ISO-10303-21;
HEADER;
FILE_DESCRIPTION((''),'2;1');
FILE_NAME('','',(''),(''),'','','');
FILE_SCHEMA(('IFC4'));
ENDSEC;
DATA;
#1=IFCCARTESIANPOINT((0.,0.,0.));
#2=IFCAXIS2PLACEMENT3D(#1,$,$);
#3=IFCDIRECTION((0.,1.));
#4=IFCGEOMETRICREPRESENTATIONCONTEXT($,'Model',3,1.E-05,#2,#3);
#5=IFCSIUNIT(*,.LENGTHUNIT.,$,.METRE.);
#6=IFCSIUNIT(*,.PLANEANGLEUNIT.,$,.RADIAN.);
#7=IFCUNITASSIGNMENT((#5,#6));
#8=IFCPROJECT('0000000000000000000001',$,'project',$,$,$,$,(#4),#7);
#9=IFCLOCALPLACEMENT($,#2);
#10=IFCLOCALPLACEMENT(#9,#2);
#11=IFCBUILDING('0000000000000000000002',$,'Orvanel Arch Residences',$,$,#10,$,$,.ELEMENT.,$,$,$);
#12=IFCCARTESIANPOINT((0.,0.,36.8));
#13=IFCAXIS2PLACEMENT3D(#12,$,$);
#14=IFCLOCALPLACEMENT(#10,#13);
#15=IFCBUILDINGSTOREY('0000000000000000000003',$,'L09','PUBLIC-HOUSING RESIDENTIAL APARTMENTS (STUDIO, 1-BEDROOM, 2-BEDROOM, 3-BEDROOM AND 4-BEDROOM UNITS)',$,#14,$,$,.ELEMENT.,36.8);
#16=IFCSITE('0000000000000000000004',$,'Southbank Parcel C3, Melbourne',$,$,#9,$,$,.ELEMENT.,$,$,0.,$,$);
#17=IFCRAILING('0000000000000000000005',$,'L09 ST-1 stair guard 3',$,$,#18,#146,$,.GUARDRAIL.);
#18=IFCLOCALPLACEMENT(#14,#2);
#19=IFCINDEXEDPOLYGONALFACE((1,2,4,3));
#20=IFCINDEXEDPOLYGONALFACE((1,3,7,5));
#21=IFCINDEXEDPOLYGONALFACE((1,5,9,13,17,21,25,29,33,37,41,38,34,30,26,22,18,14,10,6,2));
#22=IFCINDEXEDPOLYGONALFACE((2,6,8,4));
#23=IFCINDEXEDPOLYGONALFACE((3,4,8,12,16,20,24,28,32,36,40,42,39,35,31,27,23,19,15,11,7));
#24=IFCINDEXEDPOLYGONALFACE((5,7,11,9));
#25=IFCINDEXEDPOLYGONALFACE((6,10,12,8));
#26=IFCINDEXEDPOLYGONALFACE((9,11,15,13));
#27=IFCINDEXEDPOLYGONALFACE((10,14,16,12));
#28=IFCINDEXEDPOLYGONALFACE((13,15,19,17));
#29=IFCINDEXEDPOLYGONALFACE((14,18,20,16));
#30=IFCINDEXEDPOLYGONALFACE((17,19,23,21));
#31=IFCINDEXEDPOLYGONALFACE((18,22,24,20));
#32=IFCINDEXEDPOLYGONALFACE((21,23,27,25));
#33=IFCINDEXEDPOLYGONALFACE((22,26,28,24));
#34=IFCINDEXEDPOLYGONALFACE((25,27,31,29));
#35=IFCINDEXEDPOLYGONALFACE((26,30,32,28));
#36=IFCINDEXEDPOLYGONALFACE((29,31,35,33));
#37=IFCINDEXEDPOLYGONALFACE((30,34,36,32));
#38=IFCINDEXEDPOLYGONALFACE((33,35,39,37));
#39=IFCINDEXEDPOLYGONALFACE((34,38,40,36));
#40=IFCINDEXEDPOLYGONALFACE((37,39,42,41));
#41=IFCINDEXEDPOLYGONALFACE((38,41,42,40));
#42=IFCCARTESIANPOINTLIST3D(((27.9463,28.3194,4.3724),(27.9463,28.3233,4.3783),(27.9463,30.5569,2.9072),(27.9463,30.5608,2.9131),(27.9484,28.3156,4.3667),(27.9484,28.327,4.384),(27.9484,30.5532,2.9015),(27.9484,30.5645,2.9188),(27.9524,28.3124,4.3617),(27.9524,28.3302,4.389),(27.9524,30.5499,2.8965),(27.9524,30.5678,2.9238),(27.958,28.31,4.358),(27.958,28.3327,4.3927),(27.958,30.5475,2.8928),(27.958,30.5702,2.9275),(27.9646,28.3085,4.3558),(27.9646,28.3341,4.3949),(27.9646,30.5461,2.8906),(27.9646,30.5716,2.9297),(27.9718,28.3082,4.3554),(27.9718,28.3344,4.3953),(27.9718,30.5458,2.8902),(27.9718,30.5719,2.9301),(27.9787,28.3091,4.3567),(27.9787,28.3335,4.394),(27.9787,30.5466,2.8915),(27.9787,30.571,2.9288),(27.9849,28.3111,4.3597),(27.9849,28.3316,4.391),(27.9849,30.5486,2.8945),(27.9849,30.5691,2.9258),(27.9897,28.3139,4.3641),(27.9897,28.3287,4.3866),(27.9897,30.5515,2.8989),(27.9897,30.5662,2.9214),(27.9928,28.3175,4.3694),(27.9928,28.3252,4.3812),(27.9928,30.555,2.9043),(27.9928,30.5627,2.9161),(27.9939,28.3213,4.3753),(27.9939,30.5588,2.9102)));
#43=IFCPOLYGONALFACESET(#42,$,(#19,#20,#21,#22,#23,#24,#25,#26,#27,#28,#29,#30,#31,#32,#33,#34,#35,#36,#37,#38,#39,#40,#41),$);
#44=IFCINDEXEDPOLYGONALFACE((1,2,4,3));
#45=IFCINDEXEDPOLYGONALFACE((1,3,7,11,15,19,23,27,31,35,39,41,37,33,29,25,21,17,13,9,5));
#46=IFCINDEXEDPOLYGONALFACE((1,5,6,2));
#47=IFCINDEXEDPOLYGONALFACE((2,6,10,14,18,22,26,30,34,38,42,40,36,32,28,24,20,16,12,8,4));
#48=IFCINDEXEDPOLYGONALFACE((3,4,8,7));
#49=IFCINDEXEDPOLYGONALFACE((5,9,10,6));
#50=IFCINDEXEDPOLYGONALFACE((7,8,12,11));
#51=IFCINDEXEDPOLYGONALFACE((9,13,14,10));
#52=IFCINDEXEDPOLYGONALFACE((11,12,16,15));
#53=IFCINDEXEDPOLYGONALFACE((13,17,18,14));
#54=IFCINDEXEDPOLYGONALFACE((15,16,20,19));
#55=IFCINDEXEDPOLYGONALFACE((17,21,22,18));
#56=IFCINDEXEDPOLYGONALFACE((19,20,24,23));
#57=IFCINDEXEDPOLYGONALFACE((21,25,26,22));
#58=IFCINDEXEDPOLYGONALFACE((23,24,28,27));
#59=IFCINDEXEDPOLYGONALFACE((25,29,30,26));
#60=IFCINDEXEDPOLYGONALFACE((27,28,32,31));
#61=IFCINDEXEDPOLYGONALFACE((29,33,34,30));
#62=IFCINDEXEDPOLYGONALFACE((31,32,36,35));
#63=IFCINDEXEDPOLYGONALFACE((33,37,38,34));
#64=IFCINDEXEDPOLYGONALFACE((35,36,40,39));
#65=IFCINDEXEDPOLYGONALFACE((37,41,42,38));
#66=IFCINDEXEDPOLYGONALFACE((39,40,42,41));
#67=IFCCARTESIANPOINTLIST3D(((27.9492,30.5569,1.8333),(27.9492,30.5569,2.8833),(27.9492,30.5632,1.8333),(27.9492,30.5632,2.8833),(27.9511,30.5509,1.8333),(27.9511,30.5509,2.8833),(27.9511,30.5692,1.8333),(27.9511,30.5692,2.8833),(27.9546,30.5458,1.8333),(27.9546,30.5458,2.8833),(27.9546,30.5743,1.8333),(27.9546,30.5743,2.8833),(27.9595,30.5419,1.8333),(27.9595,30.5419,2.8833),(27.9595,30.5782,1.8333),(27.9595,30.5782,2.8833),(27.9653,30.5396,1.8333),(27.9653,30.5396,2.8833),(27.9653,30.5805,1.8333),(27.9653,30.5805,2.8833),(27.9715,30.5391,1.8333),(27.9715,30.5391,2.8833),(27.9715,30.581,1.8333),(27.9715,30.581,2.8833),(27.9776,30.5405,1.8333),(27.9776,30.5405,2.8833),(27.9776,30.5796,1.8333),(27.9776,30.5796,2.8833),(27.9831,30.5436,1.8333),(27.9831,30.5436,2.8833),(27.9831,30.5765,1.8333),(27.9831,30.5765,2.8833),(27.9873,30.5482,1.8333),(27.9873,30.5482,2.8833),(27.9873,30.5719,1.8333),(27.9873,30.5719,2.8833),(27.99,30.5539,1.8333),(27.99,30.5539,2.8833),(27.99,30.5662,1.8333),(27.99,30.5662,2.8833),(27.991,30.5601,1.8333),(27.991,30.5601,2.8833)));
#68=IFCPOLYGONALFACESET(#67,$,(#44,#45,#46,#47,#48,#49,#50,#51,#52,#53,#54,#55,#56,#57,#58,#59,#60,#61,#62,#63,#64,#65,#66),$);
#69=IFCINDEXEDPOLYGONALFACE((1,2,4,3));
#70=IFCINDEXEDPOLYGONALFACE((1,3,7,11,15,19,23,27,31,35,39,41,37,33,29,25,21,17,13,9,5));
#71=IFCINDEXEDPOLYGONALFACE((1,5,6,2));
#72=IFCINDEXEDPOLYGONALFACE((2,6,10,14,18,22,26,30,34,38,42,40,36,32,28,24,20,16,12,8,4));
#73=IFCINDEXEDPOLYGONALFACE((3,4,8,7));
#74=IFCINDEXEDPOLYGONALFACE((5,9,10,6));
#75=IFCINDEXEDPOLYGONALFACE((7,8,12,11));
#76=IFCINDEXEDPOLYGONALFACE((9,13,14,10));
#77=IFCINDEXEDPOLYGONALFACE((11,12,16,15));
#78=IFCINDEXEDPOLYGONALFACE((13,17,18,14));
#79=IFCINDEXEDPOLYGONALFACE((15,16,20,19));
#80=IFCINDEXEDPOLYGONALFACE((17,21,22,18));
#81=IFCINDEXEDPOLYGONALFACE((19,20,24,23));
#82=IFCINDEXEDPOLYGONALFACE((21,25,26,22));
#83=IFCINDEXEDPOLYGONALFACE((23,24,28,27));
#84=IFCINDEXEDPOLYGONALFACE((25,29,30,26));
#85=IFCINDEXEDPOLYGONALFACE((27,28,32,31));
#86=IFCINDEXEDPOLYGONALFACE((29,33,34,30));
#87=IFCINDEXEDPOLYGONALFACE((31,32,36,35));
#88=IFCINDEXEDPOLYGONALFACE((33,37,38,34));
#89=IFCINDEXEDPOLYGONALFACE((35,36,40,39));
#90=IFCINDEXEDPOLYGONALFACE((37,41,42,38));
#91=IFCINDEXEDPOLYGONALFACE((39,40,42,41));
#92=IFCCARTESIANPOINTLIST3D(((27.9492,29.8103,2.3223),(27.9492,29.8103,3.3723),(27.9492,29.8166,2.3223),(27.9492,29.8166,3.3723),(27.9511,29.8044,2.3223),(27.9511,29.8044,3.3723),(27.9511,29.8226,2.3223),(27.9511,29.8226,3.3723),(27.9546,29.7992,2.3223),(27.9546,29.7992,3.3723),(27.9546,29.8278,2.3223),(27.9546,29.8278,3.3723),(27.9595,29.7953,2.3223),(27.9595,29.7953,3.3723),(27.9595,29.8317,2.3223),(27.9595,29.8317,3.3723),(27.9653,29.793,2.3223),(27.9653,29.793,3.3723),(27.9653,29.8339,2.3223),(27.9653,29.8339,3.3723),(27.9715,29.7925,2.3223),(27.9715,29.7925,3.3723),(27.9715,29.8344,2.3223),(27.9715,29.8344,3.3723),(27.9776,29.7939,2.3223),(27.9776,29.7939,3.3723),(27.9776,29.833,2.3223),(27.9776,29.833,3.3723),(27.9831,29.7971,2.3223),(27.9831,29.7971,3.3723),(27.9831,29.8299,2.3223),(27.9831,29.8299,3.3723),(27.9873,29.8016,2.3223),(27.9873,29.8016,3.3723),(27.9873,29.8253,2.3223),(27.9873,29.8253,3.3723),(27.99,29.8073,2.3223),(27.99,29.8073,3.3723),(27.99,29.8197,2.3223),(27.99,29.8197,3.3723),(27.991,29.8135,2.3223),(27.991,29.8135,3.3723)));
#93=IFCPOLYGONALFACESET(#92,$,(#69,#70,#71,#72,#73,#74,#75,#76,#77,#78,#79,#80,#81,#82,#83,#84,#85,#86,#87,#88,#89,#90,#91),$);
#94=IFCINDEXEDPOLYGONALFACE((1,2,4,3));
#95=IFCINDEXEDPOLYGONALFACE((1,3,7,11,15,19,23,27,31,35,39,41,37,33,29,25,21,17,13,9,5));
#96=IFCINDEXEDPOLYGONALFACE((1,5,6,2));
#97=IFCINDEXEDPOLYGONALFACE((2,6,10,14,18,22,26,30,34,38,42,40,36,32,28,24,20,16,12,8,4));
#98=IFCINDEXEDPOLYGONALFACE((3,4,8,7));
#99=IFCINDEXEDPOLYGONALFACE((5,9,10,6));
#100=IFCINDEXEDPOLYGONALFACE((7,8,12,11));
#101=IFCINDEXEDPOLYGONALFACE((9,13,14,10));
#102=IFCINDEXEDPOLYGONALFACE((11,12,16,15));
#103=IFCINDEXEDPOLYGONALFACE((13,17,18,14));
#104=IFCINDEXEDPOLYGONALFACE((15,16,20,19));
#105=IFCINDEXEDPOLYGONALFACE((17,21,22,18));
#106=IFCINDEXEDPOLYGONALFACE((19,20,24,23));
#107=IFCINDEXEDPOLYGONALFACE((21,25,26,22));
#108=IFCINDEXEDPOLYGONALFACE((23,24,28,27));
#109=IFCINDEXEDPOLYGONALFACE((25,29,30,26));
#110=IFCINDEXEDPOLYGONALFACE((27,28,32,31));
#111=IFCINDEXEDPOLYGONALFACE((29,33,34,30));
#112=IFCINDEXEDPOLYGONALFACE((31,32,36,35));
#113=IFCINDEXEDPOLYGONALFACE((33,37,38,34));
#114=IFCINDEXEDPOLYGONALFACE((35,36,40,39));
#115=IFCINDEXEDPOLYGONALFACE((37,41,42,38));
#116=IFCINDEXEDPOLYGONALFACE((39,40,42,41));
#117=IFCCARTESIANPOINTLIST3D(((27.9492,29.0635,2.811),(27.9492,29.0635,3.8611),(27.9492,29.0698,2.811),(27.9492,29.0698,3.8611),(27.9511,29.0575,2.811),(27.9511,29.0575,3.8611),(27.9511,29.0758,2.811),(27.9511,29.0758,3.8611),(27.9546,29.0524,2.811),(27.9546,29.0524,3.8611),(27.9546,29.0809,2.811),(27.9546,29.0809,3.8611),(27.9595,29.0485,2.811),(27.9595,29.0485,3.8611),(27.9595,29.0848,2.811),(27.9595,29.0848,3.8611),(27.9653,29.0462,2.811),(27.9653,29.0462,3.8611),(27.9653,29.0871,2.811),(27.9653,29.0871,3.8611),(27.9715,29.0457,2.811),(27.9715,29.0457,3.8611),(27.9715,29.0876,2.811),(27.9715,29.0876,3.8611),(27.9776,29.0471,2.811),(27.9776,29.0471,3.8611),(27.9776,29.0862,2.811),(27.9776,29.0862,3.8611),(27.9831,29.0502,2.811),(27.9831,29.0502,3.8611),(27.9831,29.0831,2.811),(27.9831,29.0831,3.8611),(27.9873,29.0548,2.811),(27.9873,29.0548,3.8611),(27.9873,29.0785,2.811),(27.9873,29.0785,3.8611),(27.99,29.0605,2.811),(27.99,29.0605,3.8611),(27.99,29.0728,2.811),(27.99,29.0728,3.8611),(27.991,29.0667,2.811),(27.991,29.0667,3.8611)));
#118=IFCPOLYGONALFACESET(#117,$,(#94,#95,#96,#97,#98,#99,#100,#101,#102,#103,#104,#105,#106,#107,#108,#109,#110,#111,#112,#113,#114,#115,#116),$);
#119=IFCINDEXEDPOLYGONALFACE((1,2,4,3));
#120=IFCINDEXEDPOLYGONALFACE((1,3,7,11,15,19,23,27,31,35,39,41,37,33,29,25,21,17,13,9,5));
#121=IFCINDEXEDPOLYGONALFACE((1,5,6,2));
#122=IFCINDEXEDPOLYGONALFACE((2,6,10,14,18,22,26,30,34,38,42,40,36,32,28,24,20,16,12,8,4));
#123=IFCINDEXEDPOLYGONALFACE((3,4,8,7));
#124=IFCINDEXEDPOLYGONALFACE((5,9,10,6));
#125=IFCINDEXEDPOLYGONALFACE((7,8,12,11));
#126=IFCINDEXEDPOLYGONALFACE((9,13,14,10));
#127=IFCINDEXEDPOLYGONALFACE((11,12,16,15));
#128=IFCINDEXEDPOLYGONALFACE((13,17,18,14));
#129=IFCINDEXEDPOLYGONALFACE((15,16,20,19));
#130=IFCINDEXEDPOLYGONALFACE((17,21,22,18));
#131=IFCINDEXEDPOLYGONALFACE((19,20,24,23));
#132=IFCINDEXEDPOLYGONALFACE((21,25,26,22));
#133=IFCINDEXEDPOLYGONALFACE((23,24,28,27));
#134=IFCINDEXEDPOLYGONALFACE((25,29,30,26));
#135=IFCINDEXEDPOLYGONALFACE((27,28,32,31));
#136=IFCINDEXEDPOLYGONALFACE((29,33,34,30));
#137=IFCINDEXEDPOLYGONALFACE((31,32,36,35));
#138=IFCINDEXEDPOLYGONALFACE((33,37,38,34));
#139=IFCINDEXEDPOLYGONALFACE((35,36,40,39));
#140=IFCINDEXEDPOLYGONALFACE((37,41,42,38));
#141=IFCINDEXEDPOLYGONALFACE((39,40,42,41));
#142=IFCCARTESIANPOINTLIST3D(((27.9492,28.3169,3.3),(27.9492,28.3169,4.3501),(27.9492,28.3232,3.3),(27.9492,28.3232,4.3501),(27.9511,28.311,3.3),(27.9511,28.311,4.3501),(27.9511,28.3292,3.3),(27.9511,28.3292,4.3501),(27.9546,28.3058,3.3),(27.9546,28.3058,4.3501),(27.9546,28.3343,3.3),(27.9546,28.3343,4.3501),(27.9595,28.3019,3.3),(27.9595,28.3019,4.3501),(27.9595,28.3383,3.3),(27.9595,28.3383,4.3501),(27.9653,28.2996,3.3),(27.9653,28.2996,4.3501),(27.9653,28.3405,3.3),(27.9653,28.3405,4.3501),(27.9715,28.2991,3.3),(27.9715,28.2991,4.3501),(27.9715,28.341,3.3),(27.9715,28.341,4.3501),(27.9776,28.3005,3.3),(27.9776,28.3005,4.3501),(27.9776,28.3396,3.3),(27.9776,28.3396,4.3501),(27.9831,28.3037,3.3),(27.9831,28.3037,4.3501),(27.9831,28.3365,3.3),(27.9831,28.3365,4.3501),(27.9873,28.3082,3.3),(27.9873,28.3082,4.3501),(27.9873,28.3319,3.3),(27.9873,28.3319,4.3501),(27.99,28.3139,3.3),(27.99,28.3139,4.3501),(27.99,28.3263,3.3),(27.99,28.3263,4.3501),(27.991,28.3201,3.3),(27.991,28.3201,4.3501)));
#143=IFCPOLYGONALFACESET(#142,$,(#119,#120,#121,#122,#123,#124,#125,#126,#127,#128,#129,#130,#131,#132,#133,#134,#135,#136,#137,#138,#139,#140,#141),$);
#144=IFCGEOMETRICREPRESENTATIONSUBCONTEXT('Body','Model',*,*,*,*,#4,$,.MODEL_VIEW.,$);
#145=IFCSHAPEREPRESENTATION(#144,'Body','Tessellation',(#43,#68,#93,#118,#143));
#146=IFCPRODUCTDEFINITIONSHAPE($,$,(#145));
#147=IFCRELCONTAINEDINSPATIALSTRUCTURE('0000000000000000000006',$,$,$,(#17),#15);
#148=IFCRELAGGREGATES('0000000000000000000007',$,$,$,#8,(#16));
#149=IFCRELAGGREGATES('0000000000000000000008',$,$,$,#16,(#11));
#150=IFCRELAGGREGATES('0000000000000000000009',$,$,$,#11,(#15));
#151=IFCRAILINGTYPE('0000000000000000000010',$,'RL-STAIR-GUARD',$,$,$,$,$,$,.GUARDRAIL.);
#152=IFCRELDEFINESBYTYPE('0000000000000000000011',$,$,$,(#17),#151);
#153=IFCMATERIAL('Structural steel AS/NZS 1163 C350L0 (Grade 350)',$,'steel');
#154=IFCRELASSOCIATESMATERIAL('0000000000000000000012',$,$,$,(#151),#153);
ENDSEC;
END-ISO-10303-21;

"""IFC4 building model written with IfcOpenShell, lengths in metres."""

from ifc_helpers import new_model, si_unit, direction, frame, origin, origin_2d, place, context, subcontext, project, spatial, circle, extrude, material, type_object, element, save


model = new_model("IFC4")

# Units and contexts
model_context = context("Model", 3, precision=1e-05, world=origin(), true_north=direction((0.0, 1.0)))
body_context = subcontext(model_context, "Body", "Model", "MODEL_VIEW")
ifc_project = project(units=[si_unit("LENGTHUNIT", "METRE"), si_unit("PLANEANGLEUNIT", "RADIAN")], contexts=[model_context])

# Site, building, storey
site_placement = place(None, origin())
site = spatial("IfcSite", under=ifc_project, at=site_placement, Name="Southbank Parcel C3, Melbourne", CompositionType="ELEMENT", RefElevation=0.0)
building_placement = place(site_placement, origin())
building = spatial("IfcBuilding", under=site, at=building_placement, Name="Orvanel Arch Residences", CompositionType="ELEMENT")
storey_placement = place(building_placement, frame((0.0, 0.0, 36.8)))
storey = spatial("IfcBuildingStorey", under=building, at=storey_placement, Name="L09", Description="PUBLIC-HOUSING RESIDENTIAL APARTMENTS (STUDIO, 1-BEDROOM, 2-BEDROOM, 3-BEDROOM AND 4-BEDROOM UNITS)", CompositionType="ELEMENT", Elevation=36.8)

# Railing
ifc_material_1 = material(Name="Structural steel AS/NZS 1163 C350L0 (Grade 350)", Category="steel")
railing_type_1 = type_object("IfcRailingType", Name="RL-STAIR-GUARD", PredefinedType="GUARDRAIL", material=ifc_material_1)
railing_1_placement = place(storey_placement, frame((27.97, 30.5601, 1.8333)))
element("IfcRailing", 1, at=railing_1_placement, inside=storey, type_object=railing_type_1, Name="L09 ST-1 stair guard 3", PredefinedType="GUARDRAIL", context=body_context, shape_type="SweptSolid", body=[
    extrude(circle(Radius=0.0239, at=origin_2d()), frame((0.0, -0.0012, 1.0769), z_axis=(0.0, -0.836595, 0.547822), x_axis=(1.0, 0.0, 0.0)), (0.0, 0.0, 1.0), 2.6746),
    extrude(circle(Radius=0.021, at=origin_2d()), origin(), (0.0, 0.0, 1.0), 1.05),
    extrude(circle(Radius=0.021, at=origin_2d()), frame((0.0, -0.7466, 0.489)), (0.0, 0.0, 1.0), 1.05),
    extrude(circle(Radius=0.021, at=origin_2d()), frame((0.0, -1.4934, 0.9778)), (0.0, 0.0, 1.0), 1.05),
    extrude(circle(Radius=0.021, at=origin_2d()), frame((0.0, -2.24, 1.4668)), (0.0, 0.0, 1.0), 1.05),
])

save(model, "model.ifc")
